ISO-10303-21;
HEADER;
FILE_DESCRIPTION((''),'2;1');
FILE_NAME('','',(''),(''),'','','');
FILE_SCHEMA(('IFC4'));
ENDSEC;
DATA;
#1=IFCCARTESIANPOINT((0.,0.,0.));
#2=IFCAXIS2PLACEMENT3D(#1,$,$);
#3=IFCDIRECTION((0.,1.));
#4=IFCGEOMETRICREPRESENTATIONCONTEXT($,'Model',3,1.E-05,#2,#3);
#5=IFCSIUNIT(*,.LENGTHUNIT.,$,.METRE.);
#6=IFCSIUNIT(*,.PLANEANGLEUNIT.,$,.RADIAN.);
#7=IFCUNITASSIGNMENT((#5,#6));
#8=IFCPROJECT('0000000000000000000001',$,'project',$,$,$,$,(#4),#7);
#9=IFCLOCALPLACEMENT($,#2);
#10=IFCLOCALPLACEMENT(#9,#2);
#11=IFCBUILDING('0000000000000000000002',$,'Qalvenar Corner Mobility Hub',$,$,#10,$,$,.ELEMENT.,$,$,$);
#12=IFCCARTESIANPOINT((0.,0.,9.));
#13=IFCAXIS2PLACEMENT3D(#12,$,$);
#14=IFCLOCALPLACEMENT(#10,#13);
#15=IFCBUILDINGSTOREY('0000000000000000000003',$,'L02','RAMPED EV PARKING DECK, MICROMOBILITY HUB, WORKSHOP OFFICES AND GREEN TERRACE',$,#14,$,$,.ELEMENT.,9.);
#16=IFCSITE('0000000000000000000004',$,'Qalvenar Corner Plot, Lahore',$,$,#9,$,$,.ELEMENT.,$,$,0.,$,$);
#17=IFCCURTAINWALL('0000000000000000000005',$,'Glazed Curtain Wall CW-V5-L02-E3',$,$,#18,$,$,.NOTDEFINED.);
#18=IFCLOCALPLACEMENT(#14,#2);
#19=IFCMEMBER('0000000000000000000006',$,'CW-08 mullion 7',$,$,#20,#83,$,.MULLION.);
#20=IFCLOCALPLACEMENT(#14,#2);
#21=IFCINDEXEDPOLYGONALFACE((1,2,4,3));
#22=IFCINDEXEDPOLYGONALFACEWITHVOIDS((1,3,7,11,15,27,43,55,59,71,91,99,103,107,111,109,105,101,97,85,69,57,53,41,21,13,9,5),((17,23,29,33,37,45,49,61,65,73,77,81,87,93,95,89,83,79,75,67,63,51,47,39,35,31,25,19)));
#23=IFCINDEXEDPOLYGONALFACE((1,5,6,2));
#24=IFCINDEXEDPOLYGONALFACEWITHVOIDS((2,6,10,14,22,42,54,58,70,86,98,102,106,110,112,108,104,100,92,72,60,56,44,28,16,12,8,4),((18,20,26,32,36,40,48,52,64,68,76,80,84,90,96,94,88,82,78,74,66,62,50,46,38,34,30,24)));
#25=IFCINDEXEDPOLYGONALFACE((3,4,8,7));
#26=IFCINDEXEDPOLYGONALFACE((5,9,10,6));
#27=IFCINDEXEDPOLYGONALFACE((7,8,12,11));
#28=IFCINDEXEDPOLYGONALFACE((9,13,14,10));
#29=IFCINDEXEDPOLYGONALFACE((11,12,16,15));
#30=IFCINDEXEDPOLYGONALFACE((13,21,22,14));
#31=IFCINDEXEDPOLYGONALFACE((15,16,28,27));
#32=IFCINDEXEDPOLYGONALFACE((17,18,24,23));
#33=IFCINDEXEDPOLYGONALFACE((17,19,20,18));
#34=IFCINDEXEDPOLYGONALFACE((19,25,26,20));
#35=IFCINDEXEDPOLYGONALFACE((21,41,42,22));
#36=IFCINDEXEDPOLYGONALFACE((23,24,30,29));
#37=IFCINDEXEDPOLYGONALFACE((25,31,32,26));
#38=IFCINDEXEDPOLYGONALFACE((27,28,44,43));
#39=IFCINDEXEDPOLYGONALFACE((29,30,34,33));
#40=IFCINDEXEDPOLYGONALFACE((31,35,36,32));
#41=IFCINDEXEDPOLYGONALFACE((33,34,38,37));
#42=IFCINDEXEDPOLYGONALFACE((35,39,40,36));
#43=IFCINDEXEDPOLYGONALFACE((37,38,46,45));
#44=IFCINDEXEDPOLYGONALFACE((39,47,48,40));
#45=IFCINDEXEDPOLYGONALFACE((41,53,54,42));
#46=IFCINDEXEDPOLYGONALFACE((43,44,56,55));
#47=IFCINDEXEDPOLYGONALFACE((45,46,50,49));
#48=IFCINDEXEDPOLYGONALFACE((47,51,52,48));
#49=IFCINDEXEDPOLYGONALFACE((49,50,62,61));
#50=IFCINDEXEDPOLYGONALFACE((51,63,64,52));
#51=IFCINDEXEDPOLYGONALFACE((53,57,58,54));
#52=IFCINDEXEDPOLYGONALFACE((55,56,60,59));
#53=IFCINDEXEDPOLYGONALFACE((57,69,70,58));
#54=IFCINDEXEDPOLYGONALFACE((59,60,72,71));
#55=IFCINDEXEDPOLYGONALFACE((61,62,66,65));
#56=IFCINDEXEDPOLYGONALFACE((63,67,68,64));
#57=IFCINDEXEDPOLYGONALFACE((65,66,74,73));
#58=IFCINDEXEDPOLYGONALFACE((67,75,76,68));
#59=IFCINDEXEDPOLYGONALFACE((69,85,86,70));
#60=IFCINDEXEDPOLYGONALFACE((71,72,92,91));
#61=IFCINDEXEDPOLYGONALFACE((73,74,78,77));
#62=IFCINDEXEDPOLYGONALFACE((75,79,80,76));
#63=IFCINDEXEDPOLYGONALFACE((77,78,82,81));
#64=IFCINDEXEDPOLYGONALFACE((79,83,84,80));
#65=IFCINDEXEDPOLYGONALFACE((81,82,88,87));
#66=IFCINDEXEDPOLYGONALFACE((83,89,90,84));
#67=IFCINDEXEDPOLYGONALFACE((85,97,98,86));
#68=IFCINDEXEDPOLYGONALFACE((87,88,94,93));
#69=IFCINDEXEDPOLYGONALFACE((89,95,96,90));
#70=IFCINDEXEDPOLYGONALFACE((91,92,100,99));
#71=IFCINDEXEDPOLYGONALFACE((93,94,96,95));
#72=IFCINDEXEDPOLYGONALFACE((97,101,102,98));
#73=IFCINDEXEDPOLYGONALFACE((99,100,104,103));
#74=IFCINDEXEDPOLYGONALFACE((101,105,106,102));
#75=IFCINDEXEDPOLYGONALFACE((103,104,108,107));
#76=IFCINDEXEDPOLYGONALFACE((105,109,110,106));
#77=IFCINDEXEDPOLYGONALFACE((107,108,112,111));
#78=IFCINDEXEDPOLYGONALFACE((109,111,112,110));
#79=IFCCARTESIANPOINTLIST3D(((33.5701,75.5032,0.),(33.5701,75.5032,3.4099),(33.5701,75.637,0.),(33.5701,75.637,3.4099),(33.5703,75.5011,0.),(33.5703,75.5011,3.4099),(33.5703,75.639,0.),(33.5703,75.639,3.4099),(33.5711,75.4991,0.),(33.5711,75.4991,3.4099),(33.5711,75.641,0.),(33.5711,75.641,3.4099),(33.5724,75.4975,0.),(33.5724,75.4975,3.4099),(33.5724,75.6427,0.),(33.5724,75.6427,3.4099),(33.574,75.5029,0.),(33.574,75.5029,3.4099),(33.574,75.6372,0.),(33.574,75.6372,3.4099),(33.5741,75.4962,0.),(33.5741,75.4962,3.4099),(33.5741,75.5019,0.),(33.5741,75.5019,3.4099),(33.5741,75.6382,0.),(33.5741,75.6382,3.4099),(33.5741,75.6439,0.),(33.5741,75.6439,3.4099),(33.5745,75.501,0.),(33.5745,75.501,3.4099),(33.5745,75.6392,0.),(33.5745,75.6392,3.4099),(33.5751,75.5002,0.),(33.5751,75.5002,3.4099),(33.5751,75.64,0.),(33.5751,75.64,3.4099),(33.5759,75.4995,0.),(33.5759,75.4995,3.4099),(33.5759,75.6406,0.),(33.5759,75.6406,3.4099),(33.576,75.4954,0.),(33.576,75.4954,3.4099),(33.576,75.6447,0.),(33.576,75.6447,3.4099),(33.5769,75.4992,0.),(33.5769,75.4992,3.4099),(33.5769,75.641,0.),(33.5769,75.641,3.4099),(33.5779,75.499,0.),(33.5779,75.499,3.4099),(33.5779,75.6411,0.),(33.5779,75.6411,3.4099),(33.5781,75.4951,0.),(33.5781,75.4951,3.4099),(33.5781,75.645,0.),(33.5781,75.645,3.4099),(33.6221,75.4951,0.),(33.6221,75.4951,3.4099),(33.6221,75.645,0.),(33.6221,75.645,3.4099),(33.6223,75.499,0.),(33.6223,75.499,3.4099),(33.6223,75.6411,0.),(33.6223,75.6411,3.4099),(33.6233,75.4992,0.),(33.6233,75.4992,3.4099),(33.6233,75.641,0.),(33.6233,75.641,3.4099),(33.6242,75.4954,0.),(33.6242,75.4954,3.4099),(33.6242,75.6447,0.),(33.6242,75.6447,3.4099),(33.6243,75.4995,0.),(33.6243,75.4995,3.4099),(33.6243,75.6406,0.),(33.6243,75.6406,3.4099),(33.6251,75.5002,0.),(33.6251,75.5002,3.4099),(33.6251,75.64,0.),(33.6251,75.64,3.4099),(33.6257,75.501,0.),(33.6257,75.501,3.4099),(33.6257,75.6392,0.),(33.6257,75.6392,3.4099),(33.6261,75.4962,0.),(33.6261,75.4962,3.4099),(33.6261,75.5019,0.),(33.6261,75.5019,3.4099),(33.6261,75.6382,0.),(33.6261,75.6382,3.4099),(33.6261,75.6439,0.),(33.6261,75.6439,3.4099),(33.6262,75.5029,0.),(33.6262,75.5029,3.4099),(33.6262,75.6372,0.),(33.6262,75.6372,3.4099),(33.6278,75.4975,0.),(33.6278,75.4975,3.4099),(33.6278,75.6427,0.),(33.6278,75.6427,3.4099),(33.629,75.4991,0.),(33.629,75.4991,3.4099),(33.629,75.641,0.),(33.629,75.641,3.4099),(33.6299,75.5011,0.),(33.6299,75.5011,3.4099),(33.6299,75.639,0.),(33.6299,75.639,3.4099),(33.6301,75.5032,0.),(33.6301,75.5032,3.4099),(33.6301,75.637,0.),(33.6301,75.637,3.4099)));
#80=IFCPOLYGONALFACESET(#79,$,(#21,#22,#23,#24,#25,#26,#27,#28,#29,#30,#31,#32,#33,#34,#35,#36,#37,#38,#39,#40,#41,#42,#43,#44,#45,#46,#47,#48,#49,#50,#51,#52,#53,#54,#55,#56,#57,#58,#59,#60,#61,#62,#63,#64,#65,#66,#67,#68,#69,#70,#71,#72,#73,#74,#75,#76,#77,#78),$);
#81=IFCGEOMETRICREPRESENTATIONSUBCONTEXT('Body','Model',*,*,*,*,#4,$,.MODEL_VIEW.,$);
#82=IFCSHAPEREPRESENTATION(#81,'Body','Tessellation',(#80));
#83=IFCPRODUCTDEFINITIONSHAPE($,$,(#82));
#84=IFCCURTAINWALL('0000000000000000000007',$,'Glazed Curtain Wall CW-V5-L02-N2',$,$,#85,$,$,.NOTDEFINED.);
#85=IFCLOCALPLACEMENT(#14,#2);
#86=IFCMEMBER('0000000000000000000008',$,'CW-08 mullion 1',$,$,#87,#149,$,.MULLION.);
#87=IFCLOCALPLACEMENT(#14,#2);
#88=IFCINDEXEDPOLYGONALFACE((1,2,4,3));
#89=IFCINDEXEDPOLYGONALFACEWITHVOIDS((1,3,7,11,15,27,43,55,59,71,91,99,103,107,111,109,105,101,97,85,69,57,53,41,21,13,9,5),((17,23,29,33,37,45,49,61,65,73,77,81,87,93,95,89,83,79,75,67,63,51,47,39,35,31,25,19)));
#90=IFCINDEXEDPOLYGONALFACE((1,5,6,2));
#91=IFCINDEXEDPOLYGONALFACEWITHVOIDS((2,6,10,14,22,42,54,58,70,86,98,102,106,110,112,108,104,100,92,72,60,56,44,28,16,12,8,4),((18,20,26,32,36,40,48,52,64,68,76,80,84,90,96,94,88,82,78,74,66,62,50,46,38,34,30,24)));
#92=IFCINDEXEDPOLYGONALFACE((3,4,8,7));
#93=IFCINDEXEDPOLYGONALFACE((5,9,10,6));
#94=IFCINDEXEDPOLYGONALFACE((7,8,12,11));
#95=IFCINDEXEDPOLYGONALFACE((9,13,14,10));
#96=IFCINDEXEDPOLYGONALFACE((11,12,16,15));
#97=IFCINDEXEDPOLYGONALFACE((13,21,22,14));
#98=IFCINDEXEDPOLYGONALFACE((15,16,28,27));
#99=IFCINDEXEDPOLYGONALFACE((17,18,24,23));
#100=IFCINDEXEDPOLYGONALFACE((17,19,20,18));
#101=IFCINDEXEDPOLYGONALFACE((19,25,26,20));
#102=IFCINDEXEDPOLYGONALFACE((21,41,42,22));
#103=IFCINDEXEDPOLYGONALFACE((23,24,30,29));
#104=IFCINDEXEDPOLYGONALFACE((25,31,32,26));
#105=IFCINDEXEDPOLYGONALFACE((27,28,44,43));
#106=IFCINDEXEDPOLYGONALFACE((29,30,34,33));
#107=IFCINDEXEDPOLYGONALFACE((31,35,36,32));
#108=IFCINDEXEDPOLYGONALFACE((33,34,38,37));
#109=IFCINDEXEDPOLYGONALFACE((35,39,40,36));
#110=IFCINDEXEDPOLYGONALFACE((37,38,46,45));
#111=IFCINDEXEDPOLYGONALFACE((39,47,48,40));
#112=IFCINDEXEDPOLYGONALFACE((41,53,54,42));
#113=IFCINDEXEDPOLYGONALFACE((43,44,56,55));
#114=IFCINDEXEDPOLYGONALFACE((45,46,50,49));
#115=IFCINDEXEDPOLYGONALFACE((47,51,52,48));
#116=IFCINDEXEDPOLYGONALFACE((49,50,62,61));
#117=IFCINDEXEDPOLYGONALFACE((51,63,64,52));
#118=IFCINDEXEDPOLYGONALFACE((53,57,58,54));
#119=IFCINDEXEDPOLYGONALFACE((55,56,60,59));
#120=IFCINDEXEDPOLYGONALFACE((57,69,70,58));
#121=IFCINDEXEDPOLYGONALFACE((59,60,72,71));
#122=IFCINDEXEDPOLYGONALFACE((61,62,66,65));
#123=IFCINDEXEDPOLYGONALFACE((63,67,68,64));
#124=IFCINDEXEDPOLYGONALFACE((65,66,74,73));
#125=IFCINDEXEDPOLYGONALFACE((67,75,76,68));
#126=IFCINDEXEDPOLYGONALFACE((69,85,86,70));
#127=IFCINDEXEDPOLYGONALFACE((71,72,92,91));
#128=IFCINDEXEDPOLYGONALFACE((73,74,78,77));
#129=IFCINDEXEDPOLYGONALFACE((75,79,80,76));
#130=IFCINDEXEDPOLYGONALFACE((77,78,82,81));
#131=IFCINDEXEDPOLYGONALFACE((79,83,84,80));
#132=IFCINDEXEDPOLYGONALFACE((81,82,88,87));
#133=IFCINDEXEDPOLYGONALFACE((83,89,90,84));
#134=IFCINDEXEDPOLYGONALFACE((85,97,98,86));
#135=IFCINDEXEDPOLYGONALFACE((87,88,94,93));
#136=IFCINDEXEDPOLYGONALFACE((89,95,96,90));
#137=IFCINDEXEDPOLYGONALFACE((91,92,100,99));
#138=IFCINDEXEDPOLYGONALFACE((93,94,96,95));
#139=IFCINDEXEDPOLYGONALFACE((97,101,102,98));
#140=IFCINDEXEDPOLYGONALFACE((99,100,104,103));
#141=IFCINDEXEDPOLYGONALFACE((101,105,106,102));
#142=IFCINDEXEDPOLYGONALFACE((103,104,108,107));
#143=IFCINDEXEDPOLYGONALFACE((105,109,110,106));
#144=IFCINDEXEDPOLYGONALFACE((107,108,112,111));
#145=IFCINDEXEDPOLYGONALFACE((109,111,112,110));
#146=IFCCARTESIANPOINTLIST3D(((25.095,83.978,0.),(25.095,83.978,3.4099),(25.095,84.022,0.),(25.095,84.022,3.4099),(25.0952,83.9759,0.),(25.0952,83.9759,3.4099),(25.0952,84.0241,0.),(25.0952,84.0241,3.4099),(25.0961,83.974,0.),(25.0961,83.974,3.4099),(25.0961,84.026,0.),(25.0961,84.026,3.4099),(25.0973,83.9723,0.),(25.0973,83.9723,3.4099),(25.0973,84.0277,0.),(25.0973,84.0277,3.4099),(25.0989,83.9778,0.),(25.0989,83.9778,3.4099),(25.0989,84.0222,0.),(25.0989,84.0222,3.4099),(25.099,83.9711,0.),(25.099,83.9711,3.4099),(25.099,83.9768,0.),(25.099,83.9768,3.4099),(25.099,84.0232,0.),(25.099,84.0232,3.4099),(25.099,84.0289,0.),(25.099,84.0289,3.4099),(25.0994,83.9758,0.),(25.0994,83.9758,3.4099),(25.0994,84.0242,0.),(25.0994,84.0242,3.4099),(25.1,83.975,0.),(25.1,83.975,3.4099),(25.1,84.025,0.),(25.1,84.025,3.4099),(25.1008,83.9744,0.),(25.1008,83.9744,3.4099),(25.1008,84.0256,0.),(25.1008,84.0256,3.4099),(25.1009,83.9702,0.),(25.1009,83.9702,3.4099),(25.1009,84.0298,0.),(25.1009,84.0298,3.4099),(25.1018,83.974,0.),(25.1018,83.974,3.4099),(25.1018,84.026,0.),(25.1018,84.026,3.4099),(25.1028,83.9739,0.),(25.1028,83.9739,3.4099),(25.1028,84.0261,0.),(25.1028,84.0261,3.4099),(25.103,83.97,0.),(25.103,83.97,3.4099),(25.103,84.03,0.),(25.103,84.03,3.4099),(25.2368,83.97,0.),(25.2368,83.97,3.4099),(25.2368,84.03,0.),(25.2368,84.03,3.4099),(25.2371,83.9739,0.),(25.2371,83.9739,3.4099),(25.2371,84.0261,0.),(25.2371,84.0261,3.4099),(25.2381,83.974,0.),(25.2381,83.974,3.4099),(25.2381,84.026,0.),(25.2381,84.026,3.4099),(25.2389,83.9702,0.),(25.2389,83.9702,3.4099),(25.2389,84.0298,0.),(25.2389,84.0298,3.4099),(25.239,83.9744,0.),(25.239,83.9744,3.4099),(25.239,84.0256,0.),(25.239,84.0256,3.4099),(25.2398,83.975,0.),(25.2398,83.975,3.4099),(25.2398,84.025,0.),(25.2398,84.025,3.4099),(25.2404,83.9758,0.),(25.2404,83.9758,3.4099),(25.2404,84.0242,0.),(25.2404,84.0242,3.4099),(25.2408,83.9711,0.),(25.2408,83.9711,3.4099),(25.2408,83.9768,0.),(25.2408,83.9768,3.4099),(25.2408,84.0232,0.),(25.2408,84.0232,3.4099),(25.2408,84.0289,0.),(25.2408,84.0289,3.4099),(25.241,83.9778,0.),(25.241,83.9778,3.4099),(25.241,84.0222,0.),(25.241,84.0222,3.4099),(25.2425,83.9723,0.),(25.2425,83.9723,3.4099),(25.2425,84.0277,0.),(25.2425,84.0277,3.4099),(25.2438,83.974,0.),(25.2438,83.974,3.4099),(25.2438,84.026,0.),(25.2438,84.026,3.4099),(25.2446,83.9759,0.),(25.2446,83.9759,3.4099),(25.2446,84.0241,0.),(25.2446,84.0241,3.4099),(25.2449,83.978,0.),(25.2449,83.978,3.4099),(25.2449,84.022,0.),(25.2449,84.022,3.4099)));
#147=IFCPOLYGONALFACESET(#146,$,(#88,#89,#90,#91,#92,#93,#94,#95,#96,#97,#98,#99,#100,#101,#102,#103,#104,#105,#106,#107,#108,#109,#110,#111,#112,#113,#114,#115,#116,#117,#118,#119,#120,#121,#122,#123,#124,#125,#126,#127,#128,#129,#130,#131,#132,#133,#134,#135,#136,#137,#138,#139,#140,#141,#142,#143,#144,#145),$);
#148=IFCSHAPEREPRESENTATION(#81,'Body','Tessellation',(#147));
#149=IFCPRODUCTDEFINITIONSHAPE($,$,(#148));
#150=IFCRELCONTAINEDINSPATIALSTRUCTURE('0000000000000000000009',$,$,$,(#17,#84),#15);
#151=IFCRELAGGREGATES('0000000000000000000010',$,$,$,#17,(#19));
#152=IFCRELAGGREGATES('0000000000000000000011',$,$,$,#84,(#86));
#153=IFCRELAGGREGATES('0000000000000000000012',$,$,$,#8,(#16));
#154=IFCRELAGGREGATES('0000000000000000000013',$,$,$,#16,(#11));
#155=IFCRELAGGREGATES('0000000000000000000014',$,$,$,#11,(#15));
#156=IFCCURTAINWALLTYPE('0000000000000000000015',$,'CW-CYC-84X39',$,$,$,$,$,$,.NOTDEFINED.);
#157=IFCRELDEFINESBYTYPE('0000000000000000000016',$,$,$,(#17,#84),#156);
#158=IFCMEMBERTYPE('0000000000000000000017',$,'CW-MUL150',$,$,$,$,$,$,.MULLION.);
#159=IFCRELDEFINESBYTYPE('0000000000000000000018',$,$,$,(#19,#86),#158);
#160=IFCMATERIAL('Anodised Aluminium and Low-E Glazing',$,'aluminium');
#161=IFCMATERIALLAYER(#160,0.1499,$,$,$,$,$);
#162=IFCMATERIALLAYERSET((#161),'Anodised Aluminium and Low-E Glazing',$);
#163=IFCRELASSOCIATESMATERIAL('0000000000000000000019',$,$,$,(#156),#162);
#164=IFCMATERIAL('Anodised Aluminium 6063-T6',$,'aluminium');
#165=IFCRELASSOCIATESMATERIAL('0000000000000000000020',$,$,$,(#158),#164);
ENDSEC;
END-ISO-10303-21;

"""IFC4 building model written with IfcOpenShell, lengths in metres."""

from ifc_helpers import new_model, si_unit, direction, frame, origin, origin_2d, place, context, subcontext, project, spatial, hollow_rectangle, extrude, material, layer, layer_set, material_profile, profile_set, type_object, element, aggregate, save


model = new_model("IFC4")

# Units and contexts
model_context = context("Model", 3, precision=1e-05, world=origin(), true_north=direction((0.0, 1.0)))
body_context = subcontext(model_context, "Body", "Model", "MODEL_VIEW")
ifc_project = project(units=[si_unit("LENGTHUNIT", "METRE"), si_unit("PLANEANGLEUNIT", "RADIAN")], contexts=[model_context])

# Site, building, storey
site_placement = place(None, origin())
site = spatial("IfcSite", under=ifc_project, at=site_placement, Name="Qalvenar Corner Plot, Lahore", CompositionType="ELEMENT", RefElevation=0.0)
building_placement = place(site_placement, origin())
building = spatial("IfcBuilding", under=site, at=building_placement, Name="Qalvenar Corner Mobility Hub", CompositionType="ELEMENT")
storey_placement = place(building_placement, frame((0.0, 0.0, 9.0)))
storey = spatial("IfcBuildingStorey", under=building, at=storey_placement, Name="L02", Description="RAMPED EV PARKING DECK, MICROMOBILITY HUB, WORKSHOP OFFICES AND GREEN TERRACE", CompositionType="ELEMENT", Elevation=9.0)

# Curtain wall, member
ifc_material_1 = material(Name="Anodised Aluminium and Low-E Glazing", Category="aluminium")
ifc_layer_1 = layer(ifc_material_1, 0.1499)
ifc_layer_set_1 = layer_set([ifc_layer_1], Name="Anodised Aluminium and Low-E Glazing")
curtain_wall_type = type_object("IfcCurtainWallType", Name="CW-CYC-84X39", PredefinedType="NOTDEFINED", material=ifc_layer_set_1)
curtain_wall_1_placement = place(storey_placement, origin())
curtain_wall_1 = element("IfcCurtainWall", 1, at=curtain_wall_1_placement, inside=storey, type_object=curtain_wall_type, Name="Glazed Curtain Wall CW-V5-L02-E3", PredefinedType="NOTDEFINED")
ifc_material_2 = material(Name="Anodised Aluminium 6063-T6", Category="aluminium")
ifc_material_profile_1 = material_profile(ifc_material_2, hollow_rectangle(XDim=0.0601, YDim=0.1499, WallThickness=0.0039, InnerFilletRadius=0.0039, OuterFilletRadius=0.0081, at=origin_2d()), Name="RHS150x60x4")
ifc_profile_set_1 = profile_set([ifc_material_profile_1], Name="Anodised Aluminium 6063-T6")
member_type_1 = type_object("IfcMemberType", Name="CW-MUL150", PredefinedType="MULLION", material=ifc_profile_set_1)
member_1_placement = place(storey_placement, frame((33.6001, 75.5701, 0.0), z_axis=(0.0, 0.0, 1.0), x_axis=(-1.0, 0.0, 0.0)))
member_1 = element("IfcMember", 2, at=member_1_placement, type_object=member_type_1, Name="CW-08 mullion 7", PredefinedType="MULLION", context=body_context, shape_type="SweptSolid", body=[
    extrude(hollow_rectangle(XDim=0.0601, YDim=0.1499, WallThickness=0.0039, InnerFilletRadius=0.0039, OuterFilletRadius=0.0081, at=origin_2d()), origin(), (0.0, 0.0, 1.0), 3.4099),
])

# Curtain wall, member
curtain_wall_2_placement = place(storey_placement, origin())
curtain_wall_2 = element("IfcCurtainWall", 3, at=curtain_wall_2_placement, inside=storey, type_object=curtain_wall_type, Name="Glazed Curtain Wall CW-V5-L02-N2", PredefinedType="NOTDEFINED")
member_2_placement = place(storey_placement, frame((25.1699, 84.0, 0.0), z_axis=(0.0, 0.0, 1.0), x_axis=(0.0, -1.0, 0.0)))
member_2 = element("IfcMember", 4, at=member_2_placement, type_object=member_type_1, Name="CW-08 mullion 1", PredefinedType="MULLION", context=body_context, shape_type="SweptSolid", body=[
    extrude(hollow_rectangle(XDim=0.0601, YDim=0.1499, WallThickness=0.0039, InnerFilletRadius=0.0039, OuterFilletRadius=0.0081, at=origin_2d()), origin(), (0.0, 0.0, 1.0), 3.4099),
])

aggregate(curtain_wall_1, [member_1])
aggregate(curtain_wall_2, [member_2])

save(model, "model.ifc")
